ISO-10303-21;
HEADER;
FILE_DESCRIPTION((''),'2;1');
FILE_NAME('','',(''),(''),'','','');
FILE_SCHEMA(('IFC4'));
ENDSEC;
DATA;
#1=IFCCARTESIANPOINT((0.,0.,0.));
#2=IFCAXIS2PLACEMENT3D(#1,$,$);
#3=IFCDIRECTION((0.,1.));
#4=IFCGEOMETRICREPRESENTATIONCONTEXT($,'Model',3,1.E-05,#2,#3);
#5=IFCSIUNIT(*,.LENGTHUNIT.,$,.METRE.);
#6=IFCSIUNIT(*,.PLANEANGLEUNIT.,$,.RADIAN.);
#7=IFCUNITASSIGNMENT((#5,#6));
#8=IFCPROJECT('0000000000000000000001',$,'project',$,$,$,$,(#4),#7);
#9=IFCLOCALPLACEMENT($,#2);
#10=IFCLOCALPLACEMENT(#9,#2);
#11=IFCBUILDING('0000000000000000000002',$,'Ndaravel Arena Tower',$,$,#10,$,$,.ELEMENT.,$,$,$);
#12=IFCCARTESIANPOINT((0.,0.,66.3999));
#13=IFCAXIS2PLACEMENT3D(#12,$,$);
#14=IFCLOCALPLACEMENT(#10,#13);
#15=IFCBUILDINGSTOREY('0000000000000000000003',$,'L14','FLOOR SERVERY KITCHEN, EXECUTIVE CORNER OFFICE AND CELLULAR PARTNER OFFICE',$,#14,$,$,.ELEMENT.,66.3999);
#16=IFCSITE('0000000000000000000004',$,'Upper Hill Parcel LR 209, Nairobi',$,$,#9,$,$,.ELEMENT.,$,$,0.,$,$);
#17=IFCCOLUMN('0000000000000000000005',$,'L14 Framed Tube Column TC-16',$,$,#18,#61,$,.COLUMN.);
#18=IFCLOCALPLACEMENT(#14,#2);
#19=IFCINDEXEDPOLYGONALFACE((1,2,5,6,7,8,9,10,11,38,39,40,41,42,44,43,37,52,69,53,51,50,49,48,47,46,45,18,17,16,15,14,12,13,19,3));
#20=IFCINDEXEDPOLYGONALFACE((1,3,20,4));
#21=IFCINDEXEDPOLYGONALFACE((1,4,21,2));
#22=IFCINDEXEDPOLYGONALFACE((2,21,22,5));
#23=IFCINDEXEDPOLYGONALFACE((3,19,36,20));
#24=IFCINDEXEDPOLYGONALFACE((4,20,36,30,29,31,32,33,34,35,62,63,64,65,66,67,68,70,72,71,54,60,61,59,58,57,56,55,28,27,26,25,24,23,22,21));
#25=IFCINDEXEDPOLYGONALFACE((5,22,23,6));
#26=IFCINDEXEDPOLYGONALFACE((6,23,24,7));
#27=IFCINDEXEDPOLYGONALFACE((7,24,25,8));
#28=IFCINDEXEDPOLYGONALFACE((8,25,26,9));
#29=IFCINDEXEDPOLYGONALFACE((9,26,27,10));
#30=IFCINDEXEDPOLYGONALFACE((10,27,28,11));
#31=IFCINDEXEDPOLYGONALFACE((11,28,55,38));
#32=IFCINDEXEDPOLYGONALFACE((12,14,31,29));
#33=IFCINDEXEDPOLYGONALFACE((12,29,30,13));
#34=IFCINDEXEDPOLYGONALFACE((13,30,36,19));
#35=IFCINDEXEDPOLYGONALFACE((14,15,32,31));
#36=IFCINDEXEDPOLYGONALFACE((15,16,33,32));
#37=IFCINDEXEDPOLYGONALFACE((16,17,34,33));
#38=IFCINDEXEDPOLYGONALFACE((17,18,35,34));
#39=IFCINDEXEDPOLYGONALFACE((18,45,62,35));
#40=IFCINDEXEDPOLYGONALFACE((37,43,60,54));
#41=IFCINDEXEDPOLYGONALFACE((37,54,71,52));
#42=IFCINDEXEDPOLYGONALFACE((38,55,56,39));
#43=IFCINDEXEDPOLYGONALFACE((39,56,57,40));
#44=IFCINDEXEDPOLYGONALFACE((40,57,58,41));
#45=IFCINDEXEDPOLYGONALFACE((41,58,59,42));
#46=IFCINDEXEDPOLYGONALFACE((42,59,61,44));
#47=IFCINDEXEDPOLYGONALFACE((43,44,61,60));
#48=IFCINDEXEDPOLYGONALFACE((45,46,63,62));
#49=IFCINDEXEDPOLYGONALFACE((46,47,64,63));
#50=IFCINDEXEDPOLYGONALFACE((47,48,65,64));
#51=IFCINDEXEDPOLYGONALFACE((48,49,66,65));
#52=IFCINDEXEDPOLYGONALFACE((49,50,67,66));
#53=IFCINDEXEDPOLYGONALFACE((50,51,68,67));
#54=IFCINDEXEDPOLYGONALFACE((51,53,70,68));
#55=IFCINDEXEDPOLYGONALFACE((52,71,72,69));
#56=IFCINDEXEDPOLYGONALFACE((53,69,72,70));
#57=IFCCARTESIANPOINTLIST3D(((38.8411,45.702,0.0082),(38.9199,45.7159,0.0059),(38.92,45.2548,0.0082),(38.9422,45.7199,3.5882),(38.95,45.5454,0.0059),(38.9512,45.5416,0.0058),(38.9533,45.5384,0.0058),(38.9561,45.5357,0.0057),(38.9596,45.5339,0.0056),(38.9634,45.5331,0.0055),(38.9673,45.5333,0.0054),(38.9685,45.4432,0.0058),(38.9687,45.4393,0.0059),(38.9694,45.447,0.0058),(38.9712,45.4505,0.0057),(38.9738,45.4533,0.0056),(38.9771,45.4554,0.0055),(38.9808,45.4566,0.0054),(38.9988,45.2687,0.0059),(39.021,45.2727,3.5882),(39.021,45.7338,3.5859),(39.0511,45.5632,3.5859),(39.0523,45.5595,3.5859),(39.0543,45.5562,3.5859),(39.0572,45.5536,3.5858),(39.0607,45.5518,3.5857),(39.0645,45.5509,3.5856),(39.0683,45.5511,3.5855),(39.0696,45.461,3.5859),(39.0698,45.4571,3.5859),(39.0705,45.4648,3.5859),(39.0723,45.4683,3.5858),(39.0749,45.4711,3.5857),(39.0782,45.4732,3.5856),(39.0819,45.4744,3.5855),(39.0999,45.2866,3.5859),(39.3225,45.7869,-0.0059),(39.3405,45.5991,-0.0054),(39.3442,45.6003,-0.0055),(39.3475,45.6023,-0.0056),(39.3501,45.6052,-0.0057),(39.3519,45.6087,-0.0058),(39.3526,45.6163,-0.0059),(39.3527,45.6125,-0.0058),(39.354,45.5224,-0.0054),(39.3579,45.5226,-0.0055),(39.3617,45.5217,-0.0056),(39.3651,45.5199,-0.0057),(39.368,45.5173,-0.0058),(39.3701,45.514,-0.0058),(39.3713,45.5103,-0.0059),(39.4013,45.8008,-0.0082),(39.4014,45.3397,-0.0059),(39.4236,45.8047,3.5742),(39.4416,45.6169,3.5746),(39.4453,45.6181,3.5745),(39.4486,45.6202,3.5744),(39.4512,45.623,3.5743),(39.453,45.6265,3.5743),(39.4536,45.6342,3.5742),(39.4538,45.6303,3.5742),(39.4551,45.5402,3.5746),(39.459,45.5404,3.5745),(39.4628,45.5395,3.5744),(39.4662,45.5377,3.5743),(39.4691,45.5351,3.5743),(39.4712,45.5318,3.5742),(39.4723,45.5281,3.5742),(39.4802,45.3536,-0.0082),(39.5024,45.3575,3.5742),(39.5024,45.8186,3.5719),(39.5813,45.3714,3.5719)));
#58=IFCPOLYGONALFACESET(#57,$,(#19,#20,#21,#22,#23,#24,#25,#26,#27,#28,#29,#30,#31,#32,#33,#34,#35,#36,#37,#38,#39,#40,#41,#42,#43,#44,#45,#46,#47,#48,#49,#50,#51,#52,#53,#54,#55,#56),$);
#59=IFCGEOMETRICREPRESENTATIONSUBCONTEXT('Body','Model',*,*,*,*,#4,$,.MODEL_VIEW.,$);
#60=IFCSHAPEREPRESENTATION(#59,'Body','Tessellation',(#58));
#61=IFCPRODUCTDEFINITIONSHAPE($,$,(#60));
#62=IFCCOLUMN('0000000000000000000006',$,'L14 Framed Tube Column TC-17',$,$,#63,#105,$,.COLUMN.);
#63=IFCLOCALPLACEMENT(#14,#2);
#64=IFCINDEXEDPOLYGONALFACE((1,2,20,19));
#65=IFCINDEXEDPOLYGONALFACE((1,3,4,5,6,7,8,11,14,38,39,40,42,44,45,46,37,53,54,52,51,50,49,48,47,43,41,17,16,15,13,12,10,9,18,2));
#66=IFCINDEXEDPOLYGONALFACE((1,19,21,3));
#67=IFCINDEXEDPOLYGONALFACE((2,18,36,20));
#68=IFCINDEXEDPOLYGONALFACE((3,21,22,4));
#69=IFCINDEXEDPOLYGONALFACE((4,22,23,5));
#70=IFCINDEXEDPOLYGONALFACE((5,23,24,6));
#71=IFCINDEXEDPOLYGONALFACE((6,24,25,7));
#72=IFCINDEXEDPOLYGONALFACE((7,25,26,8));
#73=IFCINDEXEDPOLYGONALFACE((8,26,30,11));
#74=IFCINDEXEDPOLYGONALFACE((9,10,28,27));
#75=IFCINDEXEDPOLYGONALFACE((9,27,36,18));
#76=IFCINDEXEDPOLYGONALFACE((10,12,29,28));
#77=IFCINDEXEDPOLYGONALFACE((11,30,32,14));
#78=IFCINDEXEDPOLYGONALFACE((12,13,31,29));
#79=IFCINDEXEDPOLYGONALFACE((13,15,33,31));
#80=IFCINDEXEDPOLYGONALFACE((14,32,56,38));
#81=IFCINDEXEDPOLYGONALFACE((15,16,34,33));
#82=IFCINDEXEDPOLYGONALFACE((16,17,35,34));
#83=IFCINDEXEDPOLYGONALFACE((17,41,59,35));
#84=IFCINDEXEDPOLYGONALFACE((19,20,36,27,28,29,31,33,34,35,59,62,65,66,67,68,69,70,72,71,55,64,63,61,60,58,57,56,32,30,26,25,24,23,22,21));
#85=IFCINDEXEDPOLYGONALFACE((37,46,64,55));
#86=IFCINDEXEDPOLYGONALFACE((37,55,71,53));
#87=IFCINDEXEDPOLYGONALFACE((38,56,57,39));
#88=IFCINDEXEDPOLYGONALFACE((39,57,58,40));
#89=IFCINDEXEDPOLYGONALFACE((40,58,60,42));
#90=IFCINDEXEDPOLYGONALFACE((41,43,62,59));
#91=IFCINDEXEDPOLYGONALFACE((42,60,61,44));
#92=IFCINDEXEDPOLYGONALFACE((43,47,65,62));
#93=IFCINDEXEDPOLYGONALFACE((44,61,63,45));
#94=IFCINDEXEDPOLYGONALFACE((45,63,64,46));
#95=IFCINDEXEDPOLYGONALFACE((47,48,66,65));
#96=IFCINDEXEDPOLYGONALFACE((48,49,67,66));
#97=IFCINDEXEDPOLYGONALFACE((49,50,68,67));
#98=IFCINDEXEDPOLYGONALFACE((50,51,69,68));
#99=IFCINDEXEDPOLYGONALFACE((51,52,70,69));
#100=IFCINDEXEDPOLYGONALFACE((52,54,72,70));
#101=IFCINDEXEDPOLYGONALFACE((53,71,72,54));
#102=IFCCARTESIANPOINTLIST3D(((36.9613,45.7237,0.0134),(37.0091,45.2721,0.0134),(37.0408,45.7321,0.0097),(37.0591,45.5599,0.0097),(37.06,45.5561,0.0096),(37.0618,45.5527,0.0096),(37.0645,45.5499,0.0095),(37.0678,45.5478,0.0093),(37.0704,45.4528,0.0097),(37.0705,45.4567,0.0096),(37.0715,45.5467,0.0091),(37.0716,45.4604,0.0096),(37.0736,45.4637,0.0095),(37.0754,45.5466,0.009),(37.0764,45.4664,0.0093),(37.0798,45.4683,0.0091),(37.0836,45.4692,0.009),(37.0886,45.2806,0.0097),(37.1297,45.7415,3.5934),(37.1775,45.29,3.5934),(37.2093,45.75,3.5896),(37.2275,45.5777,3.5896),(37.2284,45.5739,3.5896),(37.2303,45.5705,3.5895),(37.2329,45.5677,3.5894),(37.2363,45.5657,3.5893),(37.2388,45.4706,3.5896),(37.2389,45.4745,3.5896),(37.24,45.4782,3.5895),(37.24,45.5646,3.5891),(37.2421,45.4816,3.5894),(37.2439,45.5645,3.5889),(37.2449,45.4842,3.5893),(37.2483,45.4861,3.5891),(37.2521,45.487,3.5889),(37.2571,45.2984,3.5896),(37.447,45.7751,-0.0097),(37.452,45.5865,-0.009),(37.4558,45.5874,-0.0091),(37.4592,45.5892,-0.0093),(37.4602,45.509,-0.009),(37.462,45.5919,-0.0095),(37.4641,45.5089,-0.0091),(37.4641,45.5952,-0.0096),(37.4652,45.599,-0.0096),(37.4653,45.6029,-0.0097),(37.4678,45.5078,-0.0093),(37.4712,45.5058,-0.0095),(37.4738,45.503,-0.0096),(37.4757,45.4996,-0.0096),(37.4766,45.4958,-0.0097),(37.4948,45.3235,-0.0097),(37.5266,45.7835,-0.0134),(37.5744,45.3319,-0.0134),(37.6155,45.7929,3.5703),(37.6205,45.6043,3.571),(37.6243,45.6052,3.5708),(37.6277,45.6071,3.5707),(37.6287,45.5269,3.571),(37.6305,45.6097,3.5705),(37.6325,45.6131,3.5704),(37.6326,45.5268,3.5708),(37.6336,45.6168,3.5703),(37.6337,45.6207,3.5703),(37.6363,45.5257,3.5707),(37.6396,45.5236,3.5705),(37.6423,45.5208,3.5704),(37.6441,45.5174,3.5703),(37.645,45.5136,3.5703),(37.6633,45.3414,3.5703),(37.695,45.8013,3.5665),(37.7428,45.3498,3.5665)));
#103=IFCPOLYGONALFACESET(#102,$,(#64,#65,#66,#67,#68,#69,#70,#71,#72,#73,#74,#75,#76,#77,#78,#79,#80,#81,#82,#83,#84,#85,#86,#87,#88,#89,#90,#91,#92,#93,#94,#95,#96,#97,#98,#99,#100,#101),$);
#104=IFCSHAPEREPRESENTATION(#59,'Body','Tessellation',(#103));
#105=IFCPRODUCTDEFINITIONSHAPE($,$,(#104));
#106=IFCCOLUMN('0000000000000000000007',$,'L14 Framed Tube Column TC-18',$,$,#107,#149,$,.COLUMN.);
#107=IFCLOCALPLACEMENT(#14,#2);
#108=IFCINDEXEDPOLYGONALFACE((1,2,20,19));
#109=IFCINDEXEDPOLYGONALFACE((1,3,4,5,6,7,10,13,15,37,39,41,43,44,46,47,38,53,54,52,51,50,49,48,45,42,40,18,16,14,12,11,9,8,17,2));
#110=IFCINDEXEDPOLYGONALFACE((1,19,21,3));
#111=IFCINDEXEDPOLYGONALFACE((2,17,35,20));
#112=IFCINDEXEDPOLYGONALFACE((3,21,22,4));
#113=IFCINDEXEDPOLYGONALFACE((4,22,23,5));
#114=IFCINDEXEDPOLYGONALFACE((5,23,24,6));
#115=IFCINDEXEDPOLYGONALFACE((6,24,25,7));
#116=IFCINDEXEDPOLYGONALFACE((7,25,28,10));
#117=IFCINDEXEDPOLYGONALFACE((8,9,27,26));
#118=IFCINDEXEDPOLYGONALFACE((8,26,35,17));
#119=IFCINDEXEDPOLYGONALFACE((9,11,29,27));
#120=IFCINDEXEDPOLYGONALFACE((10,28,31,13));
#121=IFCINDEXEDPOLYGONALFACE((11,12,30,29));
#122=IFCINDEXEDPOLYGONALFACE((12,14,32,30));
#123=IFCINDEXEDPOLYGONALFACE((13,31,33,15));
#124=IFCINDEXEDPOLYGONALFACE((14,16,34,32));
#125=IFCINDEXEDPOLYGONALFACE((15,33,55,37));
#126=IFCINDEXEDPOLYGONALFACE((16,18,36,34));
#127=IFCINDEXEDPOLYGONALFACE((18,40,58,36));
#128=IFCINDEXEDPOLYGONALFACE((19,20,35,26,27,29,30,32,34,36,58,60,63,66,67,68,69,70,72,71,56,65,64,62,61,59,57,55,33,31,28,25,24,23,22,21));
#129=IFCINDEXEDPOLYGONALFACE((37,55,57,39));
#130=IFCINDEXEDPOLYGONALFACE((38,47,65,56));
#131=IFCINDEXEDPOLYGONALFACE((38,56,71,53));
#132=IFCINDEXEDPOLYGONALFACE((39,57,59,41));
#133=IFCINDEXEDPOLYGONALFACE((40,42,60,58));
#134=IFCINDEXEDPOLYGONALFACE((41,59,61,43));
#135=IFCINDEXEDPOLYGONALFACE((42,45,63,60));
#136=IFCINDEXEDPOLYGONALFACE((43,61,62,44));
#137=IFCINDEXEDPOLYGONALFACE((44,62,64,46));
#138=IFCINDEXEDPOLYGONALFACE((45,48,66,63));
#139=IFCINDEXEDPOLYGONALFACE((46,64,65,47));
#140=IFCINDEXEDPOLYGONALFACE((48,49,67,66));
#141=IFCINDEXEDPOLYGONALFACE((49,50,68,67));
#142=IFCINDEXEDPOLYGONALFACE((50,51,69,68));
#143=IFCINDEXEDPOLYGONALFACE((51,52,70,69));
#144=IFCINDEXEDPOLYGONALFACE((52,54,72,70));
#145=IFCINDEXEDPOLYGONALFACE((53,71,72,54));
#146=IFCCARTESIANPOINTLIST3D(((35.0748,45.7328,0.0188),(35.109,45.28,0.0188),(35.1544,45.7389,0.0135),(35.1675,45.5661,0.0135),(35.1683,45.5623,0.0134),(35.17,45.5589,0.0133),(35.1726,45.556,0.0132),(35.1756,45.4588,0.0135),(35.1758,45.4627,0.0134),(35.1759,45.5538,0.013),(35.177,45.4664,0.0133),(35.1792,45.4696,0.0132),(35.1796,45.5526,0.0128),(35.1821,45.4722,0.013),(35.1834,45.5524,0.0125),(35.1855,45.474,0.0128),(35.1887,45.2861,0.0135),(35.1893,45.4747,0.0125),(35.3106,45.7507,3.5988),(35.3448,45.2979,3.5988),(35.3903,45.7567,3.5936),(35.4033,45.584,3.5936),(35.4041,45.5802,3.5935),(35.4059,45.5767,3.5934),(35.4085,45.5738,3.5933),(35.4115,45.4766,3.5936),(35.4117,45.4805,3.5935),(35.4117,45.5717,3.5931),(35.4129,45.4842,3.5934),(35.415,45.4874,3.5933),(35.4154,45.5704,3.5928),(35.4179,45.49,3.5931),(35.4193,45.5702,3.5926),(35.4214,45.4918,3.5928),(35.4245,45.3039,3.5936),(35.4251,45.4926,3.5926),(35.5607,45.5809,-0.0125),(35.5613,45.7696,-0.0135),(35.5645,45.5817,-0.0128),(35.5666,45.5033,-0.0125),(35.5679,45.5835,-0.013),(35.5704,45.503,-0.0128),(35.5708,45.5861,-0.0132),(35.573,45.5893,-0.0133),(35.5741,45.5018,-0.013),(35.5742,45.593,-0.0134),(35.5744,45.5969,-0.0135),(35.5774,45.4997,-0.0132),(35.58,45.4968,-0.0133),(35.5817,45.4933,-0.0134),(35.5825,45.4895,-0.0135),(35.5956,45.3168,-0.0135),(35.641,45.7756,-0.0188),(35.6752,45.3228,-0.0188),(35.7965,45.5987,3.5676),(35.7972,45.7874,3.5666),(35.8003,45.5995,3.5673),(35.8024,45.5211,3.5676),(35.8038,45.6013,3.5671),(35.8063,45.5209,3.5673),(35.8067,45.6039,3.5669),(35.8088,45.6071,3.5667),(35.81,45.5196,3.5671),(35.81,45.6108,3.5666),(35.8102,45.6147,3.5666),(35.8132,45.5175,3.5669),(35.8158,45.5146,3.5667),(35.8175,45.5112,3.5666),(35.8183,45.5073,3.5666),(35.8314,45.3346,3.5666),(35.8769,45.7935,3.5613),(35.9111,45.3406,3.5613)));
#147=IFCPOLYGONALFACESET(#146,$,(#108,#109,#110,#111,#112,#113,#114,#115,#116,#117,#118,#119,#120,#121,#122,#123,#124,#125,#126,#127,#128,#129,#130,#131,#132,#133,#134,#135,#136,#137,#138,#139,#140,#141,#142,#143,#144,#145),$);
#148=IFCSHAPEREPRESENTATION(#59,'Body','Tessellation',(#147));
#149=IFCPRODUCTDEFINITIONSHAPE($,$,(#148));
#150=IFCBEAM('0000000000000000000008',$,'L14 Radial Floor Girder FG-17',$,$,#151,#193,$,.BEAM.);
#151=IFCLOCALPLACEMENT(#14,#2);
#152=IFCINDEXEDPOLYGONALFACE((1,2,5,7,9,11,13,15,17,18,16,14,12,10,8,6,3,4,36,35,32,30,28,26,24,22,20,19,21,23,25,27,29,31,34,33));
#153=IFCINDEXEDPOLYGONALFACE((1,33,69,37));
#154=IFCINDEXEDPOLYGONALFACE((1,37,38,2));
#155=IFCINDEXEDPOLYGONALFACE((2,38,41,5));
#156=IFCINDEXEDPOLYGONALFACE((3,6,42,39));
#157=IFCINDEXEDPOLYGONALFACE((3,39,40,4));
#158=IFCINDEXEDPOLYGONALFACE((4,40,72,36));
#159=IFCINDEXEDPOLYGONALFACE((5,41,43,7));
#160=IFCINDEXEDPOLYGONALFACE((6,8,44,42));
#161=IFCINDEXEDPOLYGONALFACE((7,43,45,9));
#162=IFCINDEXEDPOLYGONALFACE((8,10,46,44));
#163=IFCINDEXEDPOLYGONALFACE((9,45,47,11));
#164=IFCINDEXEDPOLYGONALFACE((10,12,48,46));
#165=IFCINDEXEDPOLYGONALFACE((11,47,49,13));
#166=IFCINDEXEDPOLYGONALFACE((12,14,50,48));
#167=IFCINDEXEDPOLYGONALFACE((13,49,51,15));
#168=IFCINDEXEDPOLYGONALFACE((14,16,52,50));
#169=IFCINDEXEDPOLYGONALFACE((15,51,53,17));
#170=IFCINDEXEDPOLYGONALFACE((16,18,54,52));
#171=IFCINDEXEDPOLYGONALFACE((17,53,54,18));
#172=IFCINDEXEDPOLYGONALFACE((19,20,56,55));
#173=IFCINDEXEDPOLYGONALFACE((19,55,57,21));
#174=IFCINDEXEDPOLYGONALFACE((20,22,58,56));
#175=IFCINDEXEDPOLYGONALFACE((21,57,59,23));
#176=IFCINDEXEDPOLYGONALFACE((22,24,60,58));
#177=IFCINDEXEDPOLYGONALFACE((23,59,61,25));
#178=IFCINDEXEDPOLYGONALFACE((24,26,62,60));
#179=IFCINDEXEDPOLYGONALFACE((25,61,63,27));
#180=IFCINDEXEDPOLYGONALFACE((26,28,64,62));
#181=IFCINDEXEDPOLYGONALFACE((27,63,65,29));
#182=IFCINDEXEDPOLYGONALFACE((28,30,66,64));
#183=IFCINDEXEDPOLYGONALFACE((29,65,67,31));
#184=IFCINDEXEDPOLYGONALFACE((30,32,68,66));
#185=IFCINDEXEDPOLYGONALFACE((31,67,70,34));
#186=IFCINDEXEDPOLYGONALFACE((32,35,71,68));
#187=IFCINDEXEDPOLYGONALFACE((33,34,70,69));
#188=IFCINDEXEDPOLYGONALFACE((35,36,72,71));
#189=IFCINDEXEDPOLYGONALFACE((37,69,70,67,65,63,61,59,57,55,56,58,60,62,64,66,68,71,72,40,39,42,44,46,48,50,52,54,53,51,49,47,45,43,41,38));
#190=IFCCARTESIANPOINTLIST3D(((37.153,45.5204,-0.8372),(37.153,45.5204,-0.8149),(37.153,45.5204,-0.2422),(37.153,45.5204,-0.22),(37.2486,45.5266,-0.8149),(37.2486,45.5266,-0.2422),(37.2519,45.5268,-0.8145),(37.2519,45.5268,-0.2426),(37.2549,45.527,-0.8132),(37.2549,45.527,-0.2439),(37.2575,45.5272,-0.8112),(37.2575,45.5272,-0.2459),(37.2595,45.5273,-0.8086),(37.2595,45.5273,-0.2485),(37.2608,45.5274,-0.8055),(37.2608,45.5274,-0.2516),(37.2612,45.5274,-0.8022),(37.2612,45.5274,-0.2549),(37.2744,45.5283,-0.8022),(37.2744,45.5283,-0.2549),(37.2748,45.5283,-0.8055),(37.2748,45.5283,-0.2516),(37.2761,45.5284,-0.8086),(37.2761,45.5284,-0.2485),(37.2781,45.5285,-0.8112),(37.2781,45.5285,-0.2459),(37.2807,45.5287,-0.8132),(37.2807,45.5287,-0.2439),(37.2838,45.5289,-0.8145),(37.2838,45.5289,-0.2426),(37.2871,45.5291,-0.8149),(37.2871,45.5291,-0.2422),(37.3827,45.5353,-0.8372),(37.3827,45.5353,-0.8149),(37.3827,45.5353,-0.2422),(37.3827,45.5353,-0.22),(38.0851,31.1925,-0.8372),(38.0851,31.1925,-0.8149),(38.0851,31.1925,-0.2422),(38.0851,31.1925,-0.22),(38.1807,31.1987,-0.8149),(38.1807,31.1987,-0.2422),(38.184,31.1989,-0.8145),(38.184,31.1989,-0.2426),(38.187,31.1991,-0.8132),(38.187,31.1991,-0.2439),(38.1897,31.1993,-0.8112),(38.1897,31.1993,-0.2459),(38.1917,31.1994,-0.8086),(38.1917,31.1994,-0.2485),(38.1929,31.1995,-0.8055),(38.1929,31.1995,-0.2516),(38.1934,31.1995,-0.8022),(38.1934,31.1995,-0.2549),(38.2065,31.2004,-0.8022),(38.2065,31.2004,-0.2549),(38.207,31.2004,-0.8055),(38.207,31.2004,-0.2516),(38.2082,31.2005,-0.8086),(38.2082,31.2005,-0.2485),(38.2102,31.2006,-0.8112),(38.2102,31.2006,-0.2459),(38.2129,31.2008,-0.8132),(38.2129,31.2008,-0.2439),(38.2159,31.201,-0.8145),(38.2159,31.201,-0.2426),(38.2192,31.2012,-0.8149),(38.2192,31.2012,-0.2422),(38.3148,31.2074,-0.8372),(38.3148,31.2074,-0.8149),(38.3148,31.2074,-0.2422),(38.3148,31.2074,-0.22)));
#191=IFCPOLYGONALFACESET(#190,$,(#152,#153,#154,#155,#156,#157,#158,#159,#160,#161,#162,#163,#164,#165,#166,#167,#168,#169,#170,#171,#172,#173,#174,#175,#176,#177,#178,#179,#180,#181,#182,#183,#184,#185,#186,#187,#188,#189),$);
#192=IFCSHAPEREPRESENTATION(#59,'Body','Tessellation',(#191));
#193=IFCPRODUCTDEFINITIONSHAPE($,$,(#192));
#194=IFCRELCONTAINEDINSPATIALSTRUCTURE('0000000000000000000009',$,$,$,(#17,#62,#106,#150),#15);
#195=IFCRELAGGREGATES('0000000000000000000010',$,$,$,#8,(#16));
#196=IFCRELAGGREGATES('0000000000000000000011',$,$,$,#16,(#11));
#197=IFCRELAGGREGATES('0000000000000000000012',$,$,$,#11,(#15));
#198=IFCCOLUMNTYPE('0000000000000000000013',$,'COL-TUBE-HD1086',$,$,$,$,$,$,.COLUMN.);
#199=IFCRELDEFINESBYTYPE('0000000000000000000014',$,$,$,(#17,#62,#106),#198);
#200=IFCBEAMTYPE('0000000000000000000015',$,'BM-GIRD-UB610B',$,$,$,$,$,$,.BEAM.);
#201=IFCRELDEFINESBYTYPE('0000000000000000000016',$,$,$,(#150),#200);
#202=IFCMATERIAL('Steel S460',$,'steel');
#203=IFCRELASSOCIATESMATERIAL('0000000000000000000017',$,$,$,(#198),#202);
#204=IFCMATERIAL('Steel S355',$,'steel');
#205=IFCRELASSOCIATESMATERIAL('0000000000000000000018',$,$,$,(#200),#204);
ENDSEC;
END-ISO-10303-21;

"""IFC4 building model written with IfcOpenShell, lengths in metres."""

from ifc_helpers import new_model, si_unit, direction, frame, origin, origin_2d, place, context, subcontext, project, spatial, i_section, extrude, material, material_profile, profile_set, type_object, element, save


model = new_model("IFC4")

# Units and contexts
model_context = context("Model", 3, precision=1e-05, world=origin(), true_north=direction((0.0, 1.0)))
body_context = subcontext(model_context, "Body", "Model", "MODEL_VIEW")
ifc_project = project(units=[si_unit("LENGTHUNIT", "METRE"), si_unit("PLANEANGLEUNIT", "RADIAN")], contexts=[model_context])

# Site, building, storey
site_placement = place(None, origin())
site = spatial("IfcSite", under=ifc_project, at=site_placement, Name="Upper Hill Parcel LR 209, Nairobi", CompositionType="ELEMENT", RefElevation=0.0)
building_placement = place(site_placement, origin())
building = spatial("IfcBuilding", under=site, at=building_placement, Name="Ndaravel Arena Tower", CompositionType="ELEMENT")
storey_placement = place(building_placement, frame((0.0, 0.0, 66.3999)))
storey = spatial("IfcBuildingStorey", under=building, at=storey_placement, Name="L14", Description="FLOOR SERVERY KITCHEN, EXECUTIVE CORNER OFFICE AND CELLULAR PARTNER OFFICE", CompositionType="ELEMENT", Elevation=66.3999)

# Columns
ifc_material_1 = material(Name="Steel S460", Category="steel")
ifc_material_profile_1 = material_profile(ifc_material_1, i_section(OverallWidth=0.4541, OverallDepth=0.5691, WebThickness=0.0779, FlangeThickness=0.0801, FilletRadius=0.0149, at=origin_2d()), Name="HD 400x1086")
ifc_profile_set_1 = profile_set([ifc_material_profile_1], Name="Steel S460")
column_type = type_object("IfcColumnType", Name="COL-TUBE-HD1086", PredefinedType="COLUMN", material=ifc_profile_set_1)
column_1_placement = place(storey_placement, frame((39.1606, 45.5278, 0.0), z_axis=(0.028221, 0.004976, 0.999589), x_axis=(-0.17365, 0.984807, 0.0)))
element("IfcColumn", 1, at=column_1_placement, inside=storey, type_object=column_type, Name="L14 Framed Tube Column TC-16", PredefinedType="COLUMN", context=body_context, shape_type="SweptSolid", body=[
    extrude(i_section(OverallWidth=0.4541, OverallDepth=0.5691, WebThickness=0.0779, FlangeThickness=0.0801, FilletRadius=0.0149, at=origin_2d()), origin(), (0.0, 0.0, 1.0), 3.5815),
])
column_2_placement = place(storey_placement, frame((37.2678, 45.5278, 0.0), z_axis=(0.047001, 0.004973, 0.998882), x_axis=(-0.10521, 0.99445, 0.0)))
element("IfcColumn", 2, at=column_2_placement, inside=storey, type_object=column_type, Name="L14 Framed Tube Column TC-17", PredefinedType="COLUMN", context=body_context, shape_type="SweptSolid", body=[
    extrude(i_section(OverallWidth=0.4541, OverallDepth=0.5691, WebThickness=0.0779, FlangeThickness=0.0801, FilletRadius=0.0149, at=origin_2d()), origin(), (0.0, 0.0, 1.0), 3.584),
])
column_3_placement = place(storey_placement, frame((35.375, 45.5278, 0.0), z_axis=(0.065732, 0.004967, 0.997825), x_axis=(-0.075354, 0.997157, 0.0)))
element("IfcColumn", 3, at=column_3_placement, inside=storey, type_object=column_type, Name="L14 Framed Tube Column TC-18", PredefinedType="COLUMN", context=body_context, shape_type="SweptSolid", body=[
    extrude(i_section(OverallWidth=0.4541, OverallDepth=0.5691, WebThickness=0.0779, FlangeThickness=0.0801, FilletRadius=0.0149, at=origin_2d()), origin(), (0.0, 0.0, 1.0), 3.5879),
])

# Beam
ifc_material_2 = material(Name="Steel S355", Category="steel")
ifc_material_profile_2 = material_profile(ifc_material_2, i_section(OverallWidth=0.2302, OverallDepth=0.6172, WebThickness=0.0132, FlangeThickness=0.0222, FilletRadius=0.0127, at=origin_2d()), Name="UB 610x229x140")
ifc_profile_set_2 = profile_set([ifc_material_profile_2], Name="Steel S355")
beam_type_1 = type_object("IfcBeamType", Name="BM-GIRD-UB610B", PredefinedType="BEAM", material=ifc_profile_set_2)
beam_1_placement = place(storey_placement, frame((37.2678, 45.5278, -0.5286), z_axis=(0.06492, -0.99789, 0.0), x_axis=(0.99789, 0.06492, 0.0)))
element("IfcBeam", 4, at=beam_1_placement, inside=storey, type_object=beam_type_1, Name="L14 Radial Floor Girder FG-17", PredefinedType="BEAM", context=body_context, shape_type="SweptSolid", body=[
    extrude(i_section(OverallWidth=0.2302, OverallDepth=0.6172, WebThickness=0.0132, FlangeThickness=0.0222, FilletRadius=0.0127, at=origin_2d()), origin(), (0.0, 0.0, 1.0), 14.3582),
])

save(model, "model.ifc")
